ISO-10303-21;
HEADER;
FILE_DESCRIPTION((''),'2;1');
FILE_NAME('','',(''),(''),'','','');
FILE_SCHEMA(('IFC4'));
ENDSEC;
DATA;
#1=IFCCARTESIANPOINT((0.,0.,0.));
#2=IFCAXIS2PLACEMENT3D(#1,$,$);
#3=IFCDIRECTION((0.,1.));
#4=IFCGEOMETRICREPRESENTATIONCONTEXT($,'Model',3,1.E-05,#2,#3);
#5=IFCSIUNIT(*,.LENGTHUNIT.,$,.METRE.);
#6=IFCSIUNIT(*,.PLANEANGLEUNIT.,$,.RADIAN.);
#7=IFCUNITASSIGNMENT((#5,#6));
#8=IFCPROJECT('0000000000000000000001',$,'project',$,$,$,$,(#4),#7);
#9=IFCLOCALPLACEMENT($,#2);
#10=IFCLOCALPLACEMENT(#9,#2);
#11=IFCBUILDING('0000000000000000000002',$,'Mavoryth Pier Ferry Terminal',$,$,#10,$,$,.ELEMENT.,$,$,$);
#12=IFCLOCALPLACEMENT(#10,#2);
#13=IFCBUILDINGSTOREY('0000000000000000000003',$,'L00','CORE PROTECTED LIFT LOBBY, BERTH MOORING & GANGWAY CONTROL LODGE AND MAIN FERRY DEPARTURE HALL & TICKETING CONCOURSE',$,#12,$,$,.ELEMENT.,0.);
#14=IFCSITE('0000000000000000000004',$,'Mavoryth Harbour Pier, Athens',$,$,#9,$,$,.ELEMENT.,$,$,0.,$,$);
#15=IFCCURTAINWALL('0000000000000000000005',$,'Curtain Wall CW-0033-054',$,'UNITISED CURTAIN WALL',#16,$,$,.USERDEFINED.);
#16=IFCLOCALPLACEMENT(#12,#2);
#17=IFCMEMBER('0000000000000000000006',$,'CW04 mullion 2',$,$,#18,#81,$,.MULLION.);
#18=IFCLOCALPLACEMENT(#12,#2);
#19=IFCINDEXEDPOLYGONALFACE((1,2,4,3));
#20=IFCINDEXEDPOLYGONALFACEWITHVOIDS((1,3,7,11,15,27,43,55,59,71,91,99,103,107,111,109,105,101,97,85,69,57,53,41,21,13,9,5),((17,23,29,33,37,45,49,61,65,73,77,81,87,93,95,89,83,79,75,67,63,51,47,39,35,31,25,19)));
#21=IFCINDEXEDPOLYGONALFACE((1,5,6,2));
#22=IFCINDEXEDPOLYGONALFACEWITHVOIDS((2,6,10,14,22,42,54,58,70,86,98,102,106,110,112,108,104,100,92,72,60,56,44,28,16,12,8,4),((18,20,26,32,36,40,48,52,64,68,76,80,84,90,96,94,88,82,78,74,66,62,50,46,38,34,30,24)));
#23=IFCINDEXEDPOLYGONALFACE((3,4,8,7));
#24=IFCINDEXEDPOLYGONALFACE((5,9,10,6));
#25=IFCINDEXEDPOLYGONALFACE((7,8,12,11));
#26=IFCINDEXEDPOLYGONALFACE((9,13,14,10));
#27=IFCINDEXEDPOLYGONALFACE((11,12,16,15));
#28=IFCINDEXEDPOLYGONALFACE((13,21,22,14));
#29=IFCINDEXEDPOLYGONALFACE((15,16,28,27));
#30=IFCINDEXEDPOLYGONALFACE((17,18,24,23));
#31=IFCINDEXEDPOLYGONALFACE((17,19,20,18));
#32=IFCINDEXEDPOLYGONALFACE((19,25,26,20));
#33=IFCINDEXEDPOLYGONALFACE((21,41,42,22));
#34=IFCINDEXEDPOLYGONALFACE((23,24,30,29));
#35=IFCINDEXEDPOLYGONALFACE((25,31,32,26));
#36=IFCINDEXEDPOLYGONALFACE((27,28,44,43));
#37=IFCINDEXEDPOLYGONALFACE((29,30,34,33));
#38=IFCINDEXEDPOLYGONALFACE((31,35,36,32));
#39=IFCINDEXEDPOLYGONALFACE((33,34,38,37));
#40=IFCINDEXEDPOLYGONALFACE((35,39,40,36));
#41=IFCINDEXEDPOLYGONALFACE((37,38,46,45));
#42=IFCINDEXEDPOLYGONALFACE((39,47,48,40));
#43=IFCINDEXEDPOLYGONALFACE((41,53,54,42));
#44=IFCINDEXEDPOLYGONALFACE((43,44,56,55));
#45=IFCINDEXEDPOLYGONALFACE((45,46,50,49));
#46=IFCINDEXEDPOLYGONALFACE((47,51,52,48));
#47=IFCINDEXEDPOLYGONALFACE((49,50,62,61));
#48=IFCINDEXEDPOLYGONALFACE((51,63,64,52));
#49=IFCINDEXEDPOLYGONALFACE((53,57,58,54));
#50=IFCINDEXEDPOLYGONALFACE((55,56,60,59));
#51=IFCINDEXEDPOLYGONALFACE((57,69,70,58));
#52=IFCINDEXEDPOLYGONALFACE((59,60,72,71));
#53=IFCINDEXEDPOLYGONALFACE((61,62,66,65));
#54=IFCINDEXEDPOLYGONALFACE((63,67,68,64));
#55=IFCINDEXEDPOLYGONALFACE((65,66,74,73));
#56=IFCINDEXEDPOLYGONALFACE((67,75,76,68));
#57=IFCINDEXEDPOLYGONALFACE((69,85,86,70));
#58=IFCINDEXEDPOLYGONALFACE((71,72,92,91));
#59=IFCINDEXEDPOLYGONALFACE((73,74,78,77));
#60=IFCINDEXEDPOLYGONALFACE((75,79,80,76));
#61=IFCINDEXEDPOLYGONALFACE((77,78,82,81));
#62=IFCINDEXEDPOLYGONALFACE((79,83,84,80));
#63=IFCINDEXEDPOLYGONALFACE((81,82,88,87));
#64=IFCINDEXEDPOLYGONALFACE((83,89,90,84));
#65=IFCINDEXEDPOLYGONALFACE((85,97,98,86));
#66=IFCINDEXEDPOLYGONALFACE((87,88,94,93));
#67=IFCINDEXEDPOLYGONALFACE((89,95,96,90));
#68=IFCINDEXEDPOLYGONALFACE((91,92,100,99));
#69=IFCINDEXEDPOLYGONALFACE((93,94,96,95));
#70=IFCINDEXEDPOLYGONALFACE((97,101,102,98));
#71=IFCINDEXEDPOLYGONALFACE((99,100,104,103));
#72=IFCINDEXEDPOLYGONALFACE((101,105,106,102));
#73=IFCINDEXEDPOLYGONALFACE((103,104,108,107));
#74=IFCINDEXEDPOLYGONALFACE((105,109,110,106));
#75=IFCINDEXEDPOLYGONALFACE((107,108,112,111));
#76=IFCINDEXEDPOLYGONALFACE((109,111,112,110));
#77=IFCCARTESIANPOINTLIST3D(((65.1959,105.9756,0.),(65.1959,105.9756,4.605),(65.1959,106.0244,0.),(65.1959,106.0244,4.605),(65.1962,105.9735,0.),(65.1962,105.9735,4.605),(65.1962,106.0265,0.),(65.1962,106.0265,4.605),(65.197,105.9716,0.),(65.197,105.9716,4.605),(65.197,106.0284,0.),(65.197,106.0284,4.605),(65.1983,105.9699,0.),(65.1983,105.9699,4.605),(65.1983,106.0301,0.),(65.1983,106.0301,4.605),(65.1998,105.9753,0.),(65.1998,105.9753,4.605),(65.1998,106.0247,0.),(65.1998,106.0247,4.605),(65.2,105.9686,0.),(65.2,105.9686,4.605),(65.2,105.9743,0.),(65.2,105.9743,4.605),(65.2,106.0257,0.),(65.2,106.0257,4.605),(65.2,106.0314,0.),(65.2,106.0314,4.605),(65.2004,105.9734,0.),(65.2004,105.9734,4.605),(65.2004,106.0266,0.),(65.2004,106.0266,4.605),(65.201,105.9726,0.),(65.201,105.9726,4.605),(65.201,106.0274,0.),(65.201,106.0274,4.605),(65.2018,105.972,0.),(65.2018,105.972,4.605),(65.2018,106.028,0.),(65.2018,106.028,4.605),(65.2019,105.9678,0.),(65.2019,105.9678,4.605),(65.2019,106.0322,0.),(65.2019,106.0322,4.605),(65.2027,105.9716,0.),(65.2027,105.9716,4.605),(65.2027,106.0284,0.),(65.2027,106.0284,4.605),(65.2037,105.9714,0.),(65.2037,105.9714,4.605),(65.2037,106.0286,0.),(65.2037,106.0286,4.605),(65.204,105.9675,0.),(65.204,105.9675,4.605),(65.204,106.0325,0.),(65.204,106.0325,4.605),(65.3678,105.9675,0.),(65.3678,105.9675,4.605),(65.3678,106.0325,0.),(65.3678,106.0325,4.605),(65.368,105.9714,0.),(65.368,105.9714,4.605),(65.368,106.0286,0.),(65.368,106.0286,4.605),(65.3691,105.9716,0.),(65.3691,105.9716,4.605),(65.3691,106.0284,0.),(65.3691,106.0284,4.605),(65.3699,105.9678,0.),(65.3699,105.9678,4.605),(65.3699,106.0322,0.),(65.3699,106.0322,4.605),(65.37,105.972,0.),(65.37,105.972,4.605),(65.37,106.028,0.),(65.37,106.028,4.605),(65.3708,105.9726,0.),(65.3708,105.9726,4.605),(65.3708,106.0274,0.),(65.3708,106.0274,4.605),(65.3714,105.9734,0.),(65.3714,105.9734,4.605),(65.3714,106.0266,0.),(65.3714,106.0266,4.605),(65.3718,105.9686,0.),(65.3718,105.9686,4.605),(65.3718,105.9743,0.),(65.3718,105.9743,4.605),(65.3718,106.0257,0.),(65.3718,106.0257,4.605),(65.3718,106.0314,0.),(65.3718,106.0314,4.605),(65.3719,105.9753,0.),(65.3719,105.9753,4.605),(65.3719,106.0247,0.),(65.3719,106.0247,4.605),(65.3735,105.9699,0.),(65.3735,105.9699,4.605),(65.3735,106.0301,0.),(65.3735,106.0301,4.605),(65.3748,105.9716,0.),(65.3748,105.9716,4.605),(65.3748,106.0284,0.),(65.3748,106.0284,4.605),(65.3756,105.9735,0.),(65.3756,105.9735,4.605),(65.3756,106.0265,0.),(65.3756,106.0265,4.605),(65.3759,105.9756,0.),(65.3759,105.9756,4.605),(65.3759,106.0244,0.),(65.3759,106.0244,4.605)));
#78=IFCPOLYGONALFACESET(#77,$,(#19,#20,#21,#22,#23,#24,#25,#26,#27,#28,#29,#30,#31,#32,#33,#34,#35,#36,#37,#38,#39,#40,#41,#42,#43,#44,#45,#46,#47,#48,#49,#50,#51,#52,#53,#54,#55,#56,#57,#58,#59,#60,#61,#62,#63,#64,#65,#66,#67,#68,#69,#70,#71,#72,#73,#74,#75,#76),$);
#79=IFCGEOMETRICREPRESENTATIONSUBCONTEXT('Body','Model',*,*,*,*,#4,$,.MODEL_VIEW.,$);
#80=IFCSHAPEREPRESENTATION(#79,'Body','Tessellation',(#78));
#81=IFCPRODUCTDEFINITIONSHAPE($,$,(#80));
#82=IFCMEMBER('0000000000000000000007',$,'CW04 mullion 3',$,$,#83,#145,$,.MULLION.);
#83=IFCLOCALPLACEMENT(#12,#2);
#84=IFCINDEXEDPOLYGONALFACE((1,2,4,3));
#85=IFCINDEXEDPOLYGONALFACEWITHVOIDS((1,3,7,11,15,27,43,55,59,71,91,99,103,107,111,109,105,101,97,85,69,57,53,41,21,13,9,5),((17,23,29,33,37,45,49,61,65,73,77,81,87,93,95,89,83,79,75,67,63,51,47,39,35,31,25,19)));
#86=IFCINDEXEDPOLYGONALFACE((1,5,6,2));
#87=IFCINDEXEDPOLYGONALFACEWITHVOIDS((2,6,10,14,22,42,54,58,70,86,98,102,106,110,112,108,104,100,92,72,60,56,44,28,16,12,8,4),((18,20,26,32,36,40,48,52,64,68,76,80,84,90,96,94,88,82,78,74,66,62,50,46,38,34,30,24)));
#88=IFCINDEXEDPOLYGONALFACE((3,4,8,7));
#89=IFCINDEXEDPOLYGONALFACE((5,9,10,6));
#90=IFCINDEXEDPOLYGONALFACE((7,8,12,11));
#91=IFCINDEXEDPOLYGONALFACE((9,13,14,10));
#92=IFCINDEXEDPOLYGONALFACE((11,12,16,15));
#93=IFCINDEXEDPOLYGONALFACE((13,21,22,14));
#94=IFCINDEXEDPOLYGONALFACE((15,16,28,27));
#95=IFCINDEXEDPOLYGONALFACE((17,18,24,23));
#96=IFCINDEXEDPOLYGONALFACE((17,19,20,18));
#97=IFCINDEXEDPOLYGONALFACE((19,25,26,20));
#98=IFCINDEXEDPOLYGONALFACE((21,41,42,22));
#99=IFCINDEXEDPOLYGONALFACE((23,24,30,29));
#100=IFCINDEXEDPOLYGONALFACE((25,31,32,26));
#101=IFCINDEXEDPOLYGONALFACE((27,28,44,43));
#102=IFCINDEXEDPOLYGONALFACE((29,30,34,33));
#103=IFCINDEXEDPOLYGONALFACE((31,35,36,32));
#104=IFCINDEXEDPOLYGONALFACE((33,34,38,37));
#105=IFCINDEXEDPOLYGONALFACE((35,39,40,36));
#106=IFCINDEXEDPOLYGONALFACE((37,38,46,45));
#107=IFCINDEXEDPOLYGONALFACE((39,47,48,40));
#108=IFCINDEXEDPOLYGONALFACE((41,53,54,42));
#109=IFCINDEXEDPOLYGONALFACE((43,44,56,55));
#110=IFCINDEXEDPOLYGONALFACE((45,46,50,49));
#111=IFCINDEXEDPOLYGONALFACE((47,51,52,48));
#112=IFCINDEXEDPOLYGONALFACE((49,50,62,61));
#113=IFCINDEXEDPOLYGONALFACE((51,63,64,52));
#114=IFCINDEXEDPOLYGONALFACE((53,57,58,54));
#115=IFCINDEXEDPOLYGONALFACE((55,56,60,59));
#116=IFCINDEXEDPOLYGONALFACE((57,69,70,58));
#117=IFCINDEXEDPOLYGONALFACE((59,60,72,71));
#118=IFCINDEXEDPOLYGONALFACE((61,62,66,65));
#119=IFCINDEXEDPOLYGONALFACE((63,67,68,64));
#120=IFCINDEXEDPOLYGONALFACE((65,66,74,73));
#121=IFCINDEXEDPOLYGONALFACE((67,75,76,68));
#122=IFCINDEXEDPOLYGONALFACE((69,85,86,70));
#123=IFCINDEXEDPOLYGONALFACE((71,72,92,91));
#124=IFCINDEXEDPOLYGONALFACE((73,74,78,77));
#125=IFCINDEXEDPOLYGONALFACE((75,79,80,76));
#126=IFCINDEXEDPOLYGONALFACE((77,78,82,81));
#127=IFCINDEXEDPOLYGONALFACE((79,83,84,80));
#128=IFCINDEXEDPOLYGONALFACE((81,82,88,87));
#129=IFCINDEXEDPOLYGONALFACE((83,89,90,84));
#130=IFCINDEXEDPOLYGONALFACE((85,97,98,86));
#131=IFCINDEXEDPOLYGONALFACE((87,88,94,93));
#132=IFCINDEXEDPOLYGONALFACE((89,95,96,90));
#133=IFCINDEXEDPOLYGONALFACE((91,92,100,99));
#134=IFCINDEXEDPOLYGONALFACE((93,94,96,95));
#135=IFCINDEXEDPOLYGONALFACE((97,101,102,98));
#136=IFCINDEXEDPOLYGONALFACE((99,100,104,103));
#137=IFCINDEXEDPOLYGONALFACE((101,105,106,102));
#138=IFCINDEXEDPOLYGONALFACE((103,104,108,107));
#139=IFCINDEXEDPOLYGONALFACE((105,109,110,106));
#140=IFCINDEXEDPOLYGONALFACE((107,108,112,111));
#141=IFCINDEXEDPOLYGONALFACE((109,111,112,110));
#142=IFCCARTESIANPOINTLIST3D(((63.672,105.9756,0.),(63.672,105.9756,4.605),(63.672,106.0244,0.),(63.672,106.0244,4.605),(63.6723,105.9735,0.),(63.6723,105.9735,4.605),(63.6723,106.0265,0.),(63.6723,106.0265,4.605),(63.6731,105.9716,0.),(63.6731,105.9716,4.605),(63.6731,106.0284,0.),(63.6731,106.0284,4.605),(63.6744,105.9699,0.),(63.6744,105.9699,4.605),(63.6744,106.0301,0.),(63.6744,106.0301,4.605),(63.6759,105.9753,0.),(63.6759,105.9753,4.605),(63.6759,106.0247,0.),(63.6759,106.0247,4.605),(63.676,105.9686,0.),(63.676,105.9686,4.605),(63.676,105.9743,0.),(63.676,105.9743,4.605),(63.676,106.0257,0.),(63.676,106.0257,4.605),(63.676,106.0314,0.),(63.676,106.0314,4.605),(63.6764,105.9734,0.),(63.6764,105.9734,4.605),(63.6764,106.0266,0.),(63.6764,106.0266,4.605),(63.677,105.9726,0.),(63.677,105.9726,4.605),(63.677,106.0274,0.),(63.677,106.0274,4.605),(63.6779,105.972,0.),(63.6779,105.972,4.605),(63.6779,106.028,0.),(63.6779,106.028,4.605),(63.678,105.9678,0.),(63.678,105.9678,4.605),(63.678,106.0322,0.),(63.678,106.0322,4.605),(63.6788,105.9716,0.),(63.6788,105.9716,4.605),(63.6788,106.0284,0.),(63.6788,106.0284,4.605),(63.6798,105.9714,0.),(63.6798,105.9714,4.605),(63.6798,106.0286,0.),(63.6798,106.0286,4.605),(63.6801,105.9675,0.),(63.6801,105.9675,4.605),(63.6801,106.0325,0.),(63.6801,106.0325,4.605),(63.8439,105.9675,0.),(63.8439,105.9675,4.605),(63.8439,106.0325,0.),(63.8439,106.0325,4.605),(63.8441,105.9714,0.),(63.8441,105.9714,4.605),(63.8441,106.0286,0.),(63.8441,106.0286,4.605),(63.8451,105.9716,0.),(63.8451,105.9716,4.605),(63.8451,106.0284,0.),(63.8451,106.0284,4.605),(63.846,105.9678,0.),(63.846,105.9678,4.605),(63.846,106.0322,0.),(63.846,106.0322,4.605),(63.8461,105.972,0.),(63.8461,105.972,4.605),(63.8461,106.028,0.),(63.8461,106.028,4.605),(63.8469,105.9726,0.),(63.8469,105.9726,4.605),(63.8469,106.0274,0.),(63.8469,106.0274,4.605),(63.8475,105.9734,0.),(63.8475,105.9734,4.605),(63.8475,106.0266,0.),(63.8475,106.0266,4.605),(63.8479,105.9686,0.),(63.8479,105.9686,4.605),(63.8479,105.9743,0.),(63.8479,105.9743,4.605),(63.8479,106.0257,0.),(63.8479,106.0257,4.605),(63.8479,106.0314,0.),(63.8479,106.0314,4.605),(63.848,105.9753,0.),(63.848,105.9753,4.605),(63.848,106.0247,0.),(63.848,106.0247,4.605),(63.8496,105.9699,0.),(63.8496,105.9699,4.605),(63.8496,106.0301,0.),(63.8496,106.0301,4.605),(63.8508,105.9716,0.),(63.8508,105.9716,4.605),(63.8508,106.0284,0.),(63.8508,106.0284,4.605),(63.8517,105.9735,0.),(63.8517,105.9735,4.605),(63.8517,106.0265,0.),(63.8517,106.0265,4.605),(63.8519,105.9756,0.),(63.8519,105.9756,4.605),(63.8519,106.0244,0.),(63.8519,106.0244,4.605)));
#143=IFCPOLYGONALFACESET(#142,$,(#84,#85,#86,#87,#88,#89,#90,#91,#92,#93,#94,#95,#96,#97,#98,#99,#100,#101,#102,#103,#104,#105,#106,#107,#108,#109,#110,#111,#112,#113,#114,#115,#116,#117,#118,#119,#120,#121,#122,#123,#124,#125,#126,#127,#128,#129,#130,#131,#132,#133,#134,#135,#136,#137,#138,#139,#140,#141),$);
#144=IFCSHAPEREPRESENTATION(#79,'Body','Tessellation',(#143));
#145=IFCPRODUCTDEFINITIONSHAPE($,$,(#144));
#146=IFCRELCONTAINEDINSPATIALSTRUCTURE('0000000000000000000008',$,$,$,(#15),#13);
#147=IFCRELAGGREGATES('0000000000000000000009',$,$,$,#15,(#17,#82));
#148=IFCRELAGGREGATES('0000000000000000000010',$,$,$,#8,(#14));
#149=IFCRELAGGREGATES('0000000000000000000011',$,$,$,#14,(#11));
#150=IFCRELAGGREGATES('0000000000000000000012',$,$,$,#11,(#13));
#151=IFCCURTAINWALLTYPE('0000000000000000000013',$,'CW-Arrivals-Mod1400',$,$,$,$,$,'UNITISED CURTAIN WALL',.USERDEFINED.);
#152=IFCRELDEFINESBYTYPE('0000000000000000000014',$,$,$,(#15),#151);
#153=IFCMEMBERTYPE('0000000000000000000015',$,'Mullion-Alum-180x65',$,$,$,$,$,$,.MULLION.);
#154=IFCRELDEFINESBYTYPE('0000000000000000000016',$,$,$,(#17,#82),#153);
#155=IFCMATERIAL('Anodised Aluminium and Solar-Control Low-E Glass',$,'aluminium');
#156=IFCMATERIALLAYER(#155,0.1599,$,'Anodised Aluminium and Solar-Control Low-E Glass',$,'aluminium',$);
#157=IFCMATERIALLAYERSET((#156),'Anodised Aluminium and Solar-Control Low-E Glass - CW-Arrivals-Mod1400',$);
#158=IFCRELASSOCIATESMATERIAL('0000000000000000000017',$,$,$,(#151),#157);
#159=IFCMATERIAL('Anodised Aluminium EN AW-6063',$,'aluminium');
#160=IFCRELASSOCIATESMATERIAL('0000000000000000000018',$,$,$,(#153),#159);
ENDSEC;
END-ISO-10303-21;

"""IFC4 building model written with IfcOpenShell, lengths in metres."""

from ifc_helpers import new_model, si_unit, direction, frame, origin, origin_2d, place, context, subcontext, project, spatial, hollow_rectangle, extrude, material, layer, layer_set, material_profile, profile_set, type_object, element, aggregate, save


model = new_model("IFC4")

# Units and contexts
model_context = context("Model", 3, precision=1e-05, world=origin(), true_north=direction((0.0, 1.0)))
body_context = subcontext(model_context, "Body", "Model", "MODEL_VIEW")
ifc_project = project(units=[si_unit("LENGTHUNIT", "METRE"), si_unit("PLANEANGLEUNIT", "RADIAN")], contexts=[model_context])

# Site, building, storey
site_placement = place(None, origin())
site = spatial("IfcSite", under=ifc_project, at=site_placement, Name="Mavoryth Harbour Pier, Athens", CompositionType="ELEMENT", RefElevation=0.0)
building_placement = place(site_placement, origin())
building = spatial("IfcBuilding", under=site, at=building_placement, Name="Mavoryth Pier Ferry Terminal", CompositionType="ELEMENT")
storey_placement = place(building_placement, origin())
storey = spatial("IfcBuildingStorey", under=building, at=storey_placement, Name="L00", Description="CORE PROTECTED LIFT LOBBY, BERTH MOORING & GANGWAY CONTROL LODGE AND MAIN FERRY DEPARTURE HALL & TICKETING CONCOURSE", CompositionType="ELEMENT", Elevation=0.0)

# Curtain wall, members
ifc_material_1 = material(Name="Anodised Aluminium and Solar-Control Low-E Glass", Category="aluminium")
ifc_layer_1 = layer(ifc_material_1, 0.1599, Name="Anodised Aluminium and Solar-Control Low-E Glass", Category="aluminium")
ifc_layer_set_1 = layer_set([ifc_layer_1], Name="Anodised Aluminium and Solar-Control Low-E Glass - CW-Arrivals-Mod1400")
curtain_wall_type = type_object("IfcCurtainWallType", Name="CW-Arrivals-Mod1400", ElementType="UNITISED CURTAIN WALL", PredefinedType="USERDEFINED", material=ifc_layer_set_1)
curtain_wall_placement = place(storey_placement, origin())
curtain_wall = element("IfcCurtainWall", 1, at=curtain_wall_placement, inside=storey, type_object=curtain_wall_type, Name="Curtain Wall CW-0033-054", ObjectType="UNITISED CURTAIN WALL", PredefinedType="USERDEFINED")
ifc_material_2 = material(Name="Anodised Aluminium EN AW-6063", Category="aluminium")
ifc_material_profile_1 = material_profile(ifc_material_2, hollow_rectangle(XDim=0.0649, YDim=0.1799, WallThickness=0.0039, InnerFilletRadius=0.0039, OuterFilletRadius=0.0081, at=origin_2d()), Name="AL-MULL 180x65x4", Category="aluminium")
ifc_profile_set_1 = profile_set([ifc_material_profile_1], Name="Anodised Aluminium EN AW-6063 - AL-MULL 180x65x4")
member_type_1 = type_object("IfcMemberType", Name="Mullion-Alum-180x65", PredefinedType="MULLION", material=ifc_profile_set_1)
member_1_placement = place(storey_placement, frame((65.2859, 106.0, 0.0), z_axis=(0.0, 0.0, 1.0), x_axis=(0.0, -1.0, 0.0)))
member_1 = element("IfcMember", 2, at=member_1_placement, type_object=member_type_1, Name="CW04 mullion 2", PredefinedType="MULLION", context=body_context, shape_type="SweptSolid", body=[
    extrude(hollow_rectangle(XDim=0.0649, YDim=0.1799, WallThickness=0.0039, InnerFilletRadius=0.0039, OuterFilletRadius=0.0081, at=origin_2d()), origin(), (0.0, 0.0, 1.0), 4.605),
])
member_2_placement = place(storey_placement, frame((63.762, 106.0, 0.0), z_axis=(0.0, 0.0, 1.0), x_axis=(0.0, -1.0, 0.0)))
member_2 = element("IfcMember", 3, at=member_2_placement, type_object=member_type_1, Name="CW04 mullion 3", PredefinedType="MULLION", context=body_context, shape_type="SweptSolid", body=[
    extrude(hollow_rectangle(XDim=0.0649, YDim=0.1799, WallThickness=0.0039, InnerFilletRadius=0.0039, OuterFilletRadius=0.0081, at=origin_2d()), origin(), (0.0, 0.0, 1.0), 4.605),
])
aggregate(curtain_wall, [member_1, member_2])

save(model, "model.ifc")
